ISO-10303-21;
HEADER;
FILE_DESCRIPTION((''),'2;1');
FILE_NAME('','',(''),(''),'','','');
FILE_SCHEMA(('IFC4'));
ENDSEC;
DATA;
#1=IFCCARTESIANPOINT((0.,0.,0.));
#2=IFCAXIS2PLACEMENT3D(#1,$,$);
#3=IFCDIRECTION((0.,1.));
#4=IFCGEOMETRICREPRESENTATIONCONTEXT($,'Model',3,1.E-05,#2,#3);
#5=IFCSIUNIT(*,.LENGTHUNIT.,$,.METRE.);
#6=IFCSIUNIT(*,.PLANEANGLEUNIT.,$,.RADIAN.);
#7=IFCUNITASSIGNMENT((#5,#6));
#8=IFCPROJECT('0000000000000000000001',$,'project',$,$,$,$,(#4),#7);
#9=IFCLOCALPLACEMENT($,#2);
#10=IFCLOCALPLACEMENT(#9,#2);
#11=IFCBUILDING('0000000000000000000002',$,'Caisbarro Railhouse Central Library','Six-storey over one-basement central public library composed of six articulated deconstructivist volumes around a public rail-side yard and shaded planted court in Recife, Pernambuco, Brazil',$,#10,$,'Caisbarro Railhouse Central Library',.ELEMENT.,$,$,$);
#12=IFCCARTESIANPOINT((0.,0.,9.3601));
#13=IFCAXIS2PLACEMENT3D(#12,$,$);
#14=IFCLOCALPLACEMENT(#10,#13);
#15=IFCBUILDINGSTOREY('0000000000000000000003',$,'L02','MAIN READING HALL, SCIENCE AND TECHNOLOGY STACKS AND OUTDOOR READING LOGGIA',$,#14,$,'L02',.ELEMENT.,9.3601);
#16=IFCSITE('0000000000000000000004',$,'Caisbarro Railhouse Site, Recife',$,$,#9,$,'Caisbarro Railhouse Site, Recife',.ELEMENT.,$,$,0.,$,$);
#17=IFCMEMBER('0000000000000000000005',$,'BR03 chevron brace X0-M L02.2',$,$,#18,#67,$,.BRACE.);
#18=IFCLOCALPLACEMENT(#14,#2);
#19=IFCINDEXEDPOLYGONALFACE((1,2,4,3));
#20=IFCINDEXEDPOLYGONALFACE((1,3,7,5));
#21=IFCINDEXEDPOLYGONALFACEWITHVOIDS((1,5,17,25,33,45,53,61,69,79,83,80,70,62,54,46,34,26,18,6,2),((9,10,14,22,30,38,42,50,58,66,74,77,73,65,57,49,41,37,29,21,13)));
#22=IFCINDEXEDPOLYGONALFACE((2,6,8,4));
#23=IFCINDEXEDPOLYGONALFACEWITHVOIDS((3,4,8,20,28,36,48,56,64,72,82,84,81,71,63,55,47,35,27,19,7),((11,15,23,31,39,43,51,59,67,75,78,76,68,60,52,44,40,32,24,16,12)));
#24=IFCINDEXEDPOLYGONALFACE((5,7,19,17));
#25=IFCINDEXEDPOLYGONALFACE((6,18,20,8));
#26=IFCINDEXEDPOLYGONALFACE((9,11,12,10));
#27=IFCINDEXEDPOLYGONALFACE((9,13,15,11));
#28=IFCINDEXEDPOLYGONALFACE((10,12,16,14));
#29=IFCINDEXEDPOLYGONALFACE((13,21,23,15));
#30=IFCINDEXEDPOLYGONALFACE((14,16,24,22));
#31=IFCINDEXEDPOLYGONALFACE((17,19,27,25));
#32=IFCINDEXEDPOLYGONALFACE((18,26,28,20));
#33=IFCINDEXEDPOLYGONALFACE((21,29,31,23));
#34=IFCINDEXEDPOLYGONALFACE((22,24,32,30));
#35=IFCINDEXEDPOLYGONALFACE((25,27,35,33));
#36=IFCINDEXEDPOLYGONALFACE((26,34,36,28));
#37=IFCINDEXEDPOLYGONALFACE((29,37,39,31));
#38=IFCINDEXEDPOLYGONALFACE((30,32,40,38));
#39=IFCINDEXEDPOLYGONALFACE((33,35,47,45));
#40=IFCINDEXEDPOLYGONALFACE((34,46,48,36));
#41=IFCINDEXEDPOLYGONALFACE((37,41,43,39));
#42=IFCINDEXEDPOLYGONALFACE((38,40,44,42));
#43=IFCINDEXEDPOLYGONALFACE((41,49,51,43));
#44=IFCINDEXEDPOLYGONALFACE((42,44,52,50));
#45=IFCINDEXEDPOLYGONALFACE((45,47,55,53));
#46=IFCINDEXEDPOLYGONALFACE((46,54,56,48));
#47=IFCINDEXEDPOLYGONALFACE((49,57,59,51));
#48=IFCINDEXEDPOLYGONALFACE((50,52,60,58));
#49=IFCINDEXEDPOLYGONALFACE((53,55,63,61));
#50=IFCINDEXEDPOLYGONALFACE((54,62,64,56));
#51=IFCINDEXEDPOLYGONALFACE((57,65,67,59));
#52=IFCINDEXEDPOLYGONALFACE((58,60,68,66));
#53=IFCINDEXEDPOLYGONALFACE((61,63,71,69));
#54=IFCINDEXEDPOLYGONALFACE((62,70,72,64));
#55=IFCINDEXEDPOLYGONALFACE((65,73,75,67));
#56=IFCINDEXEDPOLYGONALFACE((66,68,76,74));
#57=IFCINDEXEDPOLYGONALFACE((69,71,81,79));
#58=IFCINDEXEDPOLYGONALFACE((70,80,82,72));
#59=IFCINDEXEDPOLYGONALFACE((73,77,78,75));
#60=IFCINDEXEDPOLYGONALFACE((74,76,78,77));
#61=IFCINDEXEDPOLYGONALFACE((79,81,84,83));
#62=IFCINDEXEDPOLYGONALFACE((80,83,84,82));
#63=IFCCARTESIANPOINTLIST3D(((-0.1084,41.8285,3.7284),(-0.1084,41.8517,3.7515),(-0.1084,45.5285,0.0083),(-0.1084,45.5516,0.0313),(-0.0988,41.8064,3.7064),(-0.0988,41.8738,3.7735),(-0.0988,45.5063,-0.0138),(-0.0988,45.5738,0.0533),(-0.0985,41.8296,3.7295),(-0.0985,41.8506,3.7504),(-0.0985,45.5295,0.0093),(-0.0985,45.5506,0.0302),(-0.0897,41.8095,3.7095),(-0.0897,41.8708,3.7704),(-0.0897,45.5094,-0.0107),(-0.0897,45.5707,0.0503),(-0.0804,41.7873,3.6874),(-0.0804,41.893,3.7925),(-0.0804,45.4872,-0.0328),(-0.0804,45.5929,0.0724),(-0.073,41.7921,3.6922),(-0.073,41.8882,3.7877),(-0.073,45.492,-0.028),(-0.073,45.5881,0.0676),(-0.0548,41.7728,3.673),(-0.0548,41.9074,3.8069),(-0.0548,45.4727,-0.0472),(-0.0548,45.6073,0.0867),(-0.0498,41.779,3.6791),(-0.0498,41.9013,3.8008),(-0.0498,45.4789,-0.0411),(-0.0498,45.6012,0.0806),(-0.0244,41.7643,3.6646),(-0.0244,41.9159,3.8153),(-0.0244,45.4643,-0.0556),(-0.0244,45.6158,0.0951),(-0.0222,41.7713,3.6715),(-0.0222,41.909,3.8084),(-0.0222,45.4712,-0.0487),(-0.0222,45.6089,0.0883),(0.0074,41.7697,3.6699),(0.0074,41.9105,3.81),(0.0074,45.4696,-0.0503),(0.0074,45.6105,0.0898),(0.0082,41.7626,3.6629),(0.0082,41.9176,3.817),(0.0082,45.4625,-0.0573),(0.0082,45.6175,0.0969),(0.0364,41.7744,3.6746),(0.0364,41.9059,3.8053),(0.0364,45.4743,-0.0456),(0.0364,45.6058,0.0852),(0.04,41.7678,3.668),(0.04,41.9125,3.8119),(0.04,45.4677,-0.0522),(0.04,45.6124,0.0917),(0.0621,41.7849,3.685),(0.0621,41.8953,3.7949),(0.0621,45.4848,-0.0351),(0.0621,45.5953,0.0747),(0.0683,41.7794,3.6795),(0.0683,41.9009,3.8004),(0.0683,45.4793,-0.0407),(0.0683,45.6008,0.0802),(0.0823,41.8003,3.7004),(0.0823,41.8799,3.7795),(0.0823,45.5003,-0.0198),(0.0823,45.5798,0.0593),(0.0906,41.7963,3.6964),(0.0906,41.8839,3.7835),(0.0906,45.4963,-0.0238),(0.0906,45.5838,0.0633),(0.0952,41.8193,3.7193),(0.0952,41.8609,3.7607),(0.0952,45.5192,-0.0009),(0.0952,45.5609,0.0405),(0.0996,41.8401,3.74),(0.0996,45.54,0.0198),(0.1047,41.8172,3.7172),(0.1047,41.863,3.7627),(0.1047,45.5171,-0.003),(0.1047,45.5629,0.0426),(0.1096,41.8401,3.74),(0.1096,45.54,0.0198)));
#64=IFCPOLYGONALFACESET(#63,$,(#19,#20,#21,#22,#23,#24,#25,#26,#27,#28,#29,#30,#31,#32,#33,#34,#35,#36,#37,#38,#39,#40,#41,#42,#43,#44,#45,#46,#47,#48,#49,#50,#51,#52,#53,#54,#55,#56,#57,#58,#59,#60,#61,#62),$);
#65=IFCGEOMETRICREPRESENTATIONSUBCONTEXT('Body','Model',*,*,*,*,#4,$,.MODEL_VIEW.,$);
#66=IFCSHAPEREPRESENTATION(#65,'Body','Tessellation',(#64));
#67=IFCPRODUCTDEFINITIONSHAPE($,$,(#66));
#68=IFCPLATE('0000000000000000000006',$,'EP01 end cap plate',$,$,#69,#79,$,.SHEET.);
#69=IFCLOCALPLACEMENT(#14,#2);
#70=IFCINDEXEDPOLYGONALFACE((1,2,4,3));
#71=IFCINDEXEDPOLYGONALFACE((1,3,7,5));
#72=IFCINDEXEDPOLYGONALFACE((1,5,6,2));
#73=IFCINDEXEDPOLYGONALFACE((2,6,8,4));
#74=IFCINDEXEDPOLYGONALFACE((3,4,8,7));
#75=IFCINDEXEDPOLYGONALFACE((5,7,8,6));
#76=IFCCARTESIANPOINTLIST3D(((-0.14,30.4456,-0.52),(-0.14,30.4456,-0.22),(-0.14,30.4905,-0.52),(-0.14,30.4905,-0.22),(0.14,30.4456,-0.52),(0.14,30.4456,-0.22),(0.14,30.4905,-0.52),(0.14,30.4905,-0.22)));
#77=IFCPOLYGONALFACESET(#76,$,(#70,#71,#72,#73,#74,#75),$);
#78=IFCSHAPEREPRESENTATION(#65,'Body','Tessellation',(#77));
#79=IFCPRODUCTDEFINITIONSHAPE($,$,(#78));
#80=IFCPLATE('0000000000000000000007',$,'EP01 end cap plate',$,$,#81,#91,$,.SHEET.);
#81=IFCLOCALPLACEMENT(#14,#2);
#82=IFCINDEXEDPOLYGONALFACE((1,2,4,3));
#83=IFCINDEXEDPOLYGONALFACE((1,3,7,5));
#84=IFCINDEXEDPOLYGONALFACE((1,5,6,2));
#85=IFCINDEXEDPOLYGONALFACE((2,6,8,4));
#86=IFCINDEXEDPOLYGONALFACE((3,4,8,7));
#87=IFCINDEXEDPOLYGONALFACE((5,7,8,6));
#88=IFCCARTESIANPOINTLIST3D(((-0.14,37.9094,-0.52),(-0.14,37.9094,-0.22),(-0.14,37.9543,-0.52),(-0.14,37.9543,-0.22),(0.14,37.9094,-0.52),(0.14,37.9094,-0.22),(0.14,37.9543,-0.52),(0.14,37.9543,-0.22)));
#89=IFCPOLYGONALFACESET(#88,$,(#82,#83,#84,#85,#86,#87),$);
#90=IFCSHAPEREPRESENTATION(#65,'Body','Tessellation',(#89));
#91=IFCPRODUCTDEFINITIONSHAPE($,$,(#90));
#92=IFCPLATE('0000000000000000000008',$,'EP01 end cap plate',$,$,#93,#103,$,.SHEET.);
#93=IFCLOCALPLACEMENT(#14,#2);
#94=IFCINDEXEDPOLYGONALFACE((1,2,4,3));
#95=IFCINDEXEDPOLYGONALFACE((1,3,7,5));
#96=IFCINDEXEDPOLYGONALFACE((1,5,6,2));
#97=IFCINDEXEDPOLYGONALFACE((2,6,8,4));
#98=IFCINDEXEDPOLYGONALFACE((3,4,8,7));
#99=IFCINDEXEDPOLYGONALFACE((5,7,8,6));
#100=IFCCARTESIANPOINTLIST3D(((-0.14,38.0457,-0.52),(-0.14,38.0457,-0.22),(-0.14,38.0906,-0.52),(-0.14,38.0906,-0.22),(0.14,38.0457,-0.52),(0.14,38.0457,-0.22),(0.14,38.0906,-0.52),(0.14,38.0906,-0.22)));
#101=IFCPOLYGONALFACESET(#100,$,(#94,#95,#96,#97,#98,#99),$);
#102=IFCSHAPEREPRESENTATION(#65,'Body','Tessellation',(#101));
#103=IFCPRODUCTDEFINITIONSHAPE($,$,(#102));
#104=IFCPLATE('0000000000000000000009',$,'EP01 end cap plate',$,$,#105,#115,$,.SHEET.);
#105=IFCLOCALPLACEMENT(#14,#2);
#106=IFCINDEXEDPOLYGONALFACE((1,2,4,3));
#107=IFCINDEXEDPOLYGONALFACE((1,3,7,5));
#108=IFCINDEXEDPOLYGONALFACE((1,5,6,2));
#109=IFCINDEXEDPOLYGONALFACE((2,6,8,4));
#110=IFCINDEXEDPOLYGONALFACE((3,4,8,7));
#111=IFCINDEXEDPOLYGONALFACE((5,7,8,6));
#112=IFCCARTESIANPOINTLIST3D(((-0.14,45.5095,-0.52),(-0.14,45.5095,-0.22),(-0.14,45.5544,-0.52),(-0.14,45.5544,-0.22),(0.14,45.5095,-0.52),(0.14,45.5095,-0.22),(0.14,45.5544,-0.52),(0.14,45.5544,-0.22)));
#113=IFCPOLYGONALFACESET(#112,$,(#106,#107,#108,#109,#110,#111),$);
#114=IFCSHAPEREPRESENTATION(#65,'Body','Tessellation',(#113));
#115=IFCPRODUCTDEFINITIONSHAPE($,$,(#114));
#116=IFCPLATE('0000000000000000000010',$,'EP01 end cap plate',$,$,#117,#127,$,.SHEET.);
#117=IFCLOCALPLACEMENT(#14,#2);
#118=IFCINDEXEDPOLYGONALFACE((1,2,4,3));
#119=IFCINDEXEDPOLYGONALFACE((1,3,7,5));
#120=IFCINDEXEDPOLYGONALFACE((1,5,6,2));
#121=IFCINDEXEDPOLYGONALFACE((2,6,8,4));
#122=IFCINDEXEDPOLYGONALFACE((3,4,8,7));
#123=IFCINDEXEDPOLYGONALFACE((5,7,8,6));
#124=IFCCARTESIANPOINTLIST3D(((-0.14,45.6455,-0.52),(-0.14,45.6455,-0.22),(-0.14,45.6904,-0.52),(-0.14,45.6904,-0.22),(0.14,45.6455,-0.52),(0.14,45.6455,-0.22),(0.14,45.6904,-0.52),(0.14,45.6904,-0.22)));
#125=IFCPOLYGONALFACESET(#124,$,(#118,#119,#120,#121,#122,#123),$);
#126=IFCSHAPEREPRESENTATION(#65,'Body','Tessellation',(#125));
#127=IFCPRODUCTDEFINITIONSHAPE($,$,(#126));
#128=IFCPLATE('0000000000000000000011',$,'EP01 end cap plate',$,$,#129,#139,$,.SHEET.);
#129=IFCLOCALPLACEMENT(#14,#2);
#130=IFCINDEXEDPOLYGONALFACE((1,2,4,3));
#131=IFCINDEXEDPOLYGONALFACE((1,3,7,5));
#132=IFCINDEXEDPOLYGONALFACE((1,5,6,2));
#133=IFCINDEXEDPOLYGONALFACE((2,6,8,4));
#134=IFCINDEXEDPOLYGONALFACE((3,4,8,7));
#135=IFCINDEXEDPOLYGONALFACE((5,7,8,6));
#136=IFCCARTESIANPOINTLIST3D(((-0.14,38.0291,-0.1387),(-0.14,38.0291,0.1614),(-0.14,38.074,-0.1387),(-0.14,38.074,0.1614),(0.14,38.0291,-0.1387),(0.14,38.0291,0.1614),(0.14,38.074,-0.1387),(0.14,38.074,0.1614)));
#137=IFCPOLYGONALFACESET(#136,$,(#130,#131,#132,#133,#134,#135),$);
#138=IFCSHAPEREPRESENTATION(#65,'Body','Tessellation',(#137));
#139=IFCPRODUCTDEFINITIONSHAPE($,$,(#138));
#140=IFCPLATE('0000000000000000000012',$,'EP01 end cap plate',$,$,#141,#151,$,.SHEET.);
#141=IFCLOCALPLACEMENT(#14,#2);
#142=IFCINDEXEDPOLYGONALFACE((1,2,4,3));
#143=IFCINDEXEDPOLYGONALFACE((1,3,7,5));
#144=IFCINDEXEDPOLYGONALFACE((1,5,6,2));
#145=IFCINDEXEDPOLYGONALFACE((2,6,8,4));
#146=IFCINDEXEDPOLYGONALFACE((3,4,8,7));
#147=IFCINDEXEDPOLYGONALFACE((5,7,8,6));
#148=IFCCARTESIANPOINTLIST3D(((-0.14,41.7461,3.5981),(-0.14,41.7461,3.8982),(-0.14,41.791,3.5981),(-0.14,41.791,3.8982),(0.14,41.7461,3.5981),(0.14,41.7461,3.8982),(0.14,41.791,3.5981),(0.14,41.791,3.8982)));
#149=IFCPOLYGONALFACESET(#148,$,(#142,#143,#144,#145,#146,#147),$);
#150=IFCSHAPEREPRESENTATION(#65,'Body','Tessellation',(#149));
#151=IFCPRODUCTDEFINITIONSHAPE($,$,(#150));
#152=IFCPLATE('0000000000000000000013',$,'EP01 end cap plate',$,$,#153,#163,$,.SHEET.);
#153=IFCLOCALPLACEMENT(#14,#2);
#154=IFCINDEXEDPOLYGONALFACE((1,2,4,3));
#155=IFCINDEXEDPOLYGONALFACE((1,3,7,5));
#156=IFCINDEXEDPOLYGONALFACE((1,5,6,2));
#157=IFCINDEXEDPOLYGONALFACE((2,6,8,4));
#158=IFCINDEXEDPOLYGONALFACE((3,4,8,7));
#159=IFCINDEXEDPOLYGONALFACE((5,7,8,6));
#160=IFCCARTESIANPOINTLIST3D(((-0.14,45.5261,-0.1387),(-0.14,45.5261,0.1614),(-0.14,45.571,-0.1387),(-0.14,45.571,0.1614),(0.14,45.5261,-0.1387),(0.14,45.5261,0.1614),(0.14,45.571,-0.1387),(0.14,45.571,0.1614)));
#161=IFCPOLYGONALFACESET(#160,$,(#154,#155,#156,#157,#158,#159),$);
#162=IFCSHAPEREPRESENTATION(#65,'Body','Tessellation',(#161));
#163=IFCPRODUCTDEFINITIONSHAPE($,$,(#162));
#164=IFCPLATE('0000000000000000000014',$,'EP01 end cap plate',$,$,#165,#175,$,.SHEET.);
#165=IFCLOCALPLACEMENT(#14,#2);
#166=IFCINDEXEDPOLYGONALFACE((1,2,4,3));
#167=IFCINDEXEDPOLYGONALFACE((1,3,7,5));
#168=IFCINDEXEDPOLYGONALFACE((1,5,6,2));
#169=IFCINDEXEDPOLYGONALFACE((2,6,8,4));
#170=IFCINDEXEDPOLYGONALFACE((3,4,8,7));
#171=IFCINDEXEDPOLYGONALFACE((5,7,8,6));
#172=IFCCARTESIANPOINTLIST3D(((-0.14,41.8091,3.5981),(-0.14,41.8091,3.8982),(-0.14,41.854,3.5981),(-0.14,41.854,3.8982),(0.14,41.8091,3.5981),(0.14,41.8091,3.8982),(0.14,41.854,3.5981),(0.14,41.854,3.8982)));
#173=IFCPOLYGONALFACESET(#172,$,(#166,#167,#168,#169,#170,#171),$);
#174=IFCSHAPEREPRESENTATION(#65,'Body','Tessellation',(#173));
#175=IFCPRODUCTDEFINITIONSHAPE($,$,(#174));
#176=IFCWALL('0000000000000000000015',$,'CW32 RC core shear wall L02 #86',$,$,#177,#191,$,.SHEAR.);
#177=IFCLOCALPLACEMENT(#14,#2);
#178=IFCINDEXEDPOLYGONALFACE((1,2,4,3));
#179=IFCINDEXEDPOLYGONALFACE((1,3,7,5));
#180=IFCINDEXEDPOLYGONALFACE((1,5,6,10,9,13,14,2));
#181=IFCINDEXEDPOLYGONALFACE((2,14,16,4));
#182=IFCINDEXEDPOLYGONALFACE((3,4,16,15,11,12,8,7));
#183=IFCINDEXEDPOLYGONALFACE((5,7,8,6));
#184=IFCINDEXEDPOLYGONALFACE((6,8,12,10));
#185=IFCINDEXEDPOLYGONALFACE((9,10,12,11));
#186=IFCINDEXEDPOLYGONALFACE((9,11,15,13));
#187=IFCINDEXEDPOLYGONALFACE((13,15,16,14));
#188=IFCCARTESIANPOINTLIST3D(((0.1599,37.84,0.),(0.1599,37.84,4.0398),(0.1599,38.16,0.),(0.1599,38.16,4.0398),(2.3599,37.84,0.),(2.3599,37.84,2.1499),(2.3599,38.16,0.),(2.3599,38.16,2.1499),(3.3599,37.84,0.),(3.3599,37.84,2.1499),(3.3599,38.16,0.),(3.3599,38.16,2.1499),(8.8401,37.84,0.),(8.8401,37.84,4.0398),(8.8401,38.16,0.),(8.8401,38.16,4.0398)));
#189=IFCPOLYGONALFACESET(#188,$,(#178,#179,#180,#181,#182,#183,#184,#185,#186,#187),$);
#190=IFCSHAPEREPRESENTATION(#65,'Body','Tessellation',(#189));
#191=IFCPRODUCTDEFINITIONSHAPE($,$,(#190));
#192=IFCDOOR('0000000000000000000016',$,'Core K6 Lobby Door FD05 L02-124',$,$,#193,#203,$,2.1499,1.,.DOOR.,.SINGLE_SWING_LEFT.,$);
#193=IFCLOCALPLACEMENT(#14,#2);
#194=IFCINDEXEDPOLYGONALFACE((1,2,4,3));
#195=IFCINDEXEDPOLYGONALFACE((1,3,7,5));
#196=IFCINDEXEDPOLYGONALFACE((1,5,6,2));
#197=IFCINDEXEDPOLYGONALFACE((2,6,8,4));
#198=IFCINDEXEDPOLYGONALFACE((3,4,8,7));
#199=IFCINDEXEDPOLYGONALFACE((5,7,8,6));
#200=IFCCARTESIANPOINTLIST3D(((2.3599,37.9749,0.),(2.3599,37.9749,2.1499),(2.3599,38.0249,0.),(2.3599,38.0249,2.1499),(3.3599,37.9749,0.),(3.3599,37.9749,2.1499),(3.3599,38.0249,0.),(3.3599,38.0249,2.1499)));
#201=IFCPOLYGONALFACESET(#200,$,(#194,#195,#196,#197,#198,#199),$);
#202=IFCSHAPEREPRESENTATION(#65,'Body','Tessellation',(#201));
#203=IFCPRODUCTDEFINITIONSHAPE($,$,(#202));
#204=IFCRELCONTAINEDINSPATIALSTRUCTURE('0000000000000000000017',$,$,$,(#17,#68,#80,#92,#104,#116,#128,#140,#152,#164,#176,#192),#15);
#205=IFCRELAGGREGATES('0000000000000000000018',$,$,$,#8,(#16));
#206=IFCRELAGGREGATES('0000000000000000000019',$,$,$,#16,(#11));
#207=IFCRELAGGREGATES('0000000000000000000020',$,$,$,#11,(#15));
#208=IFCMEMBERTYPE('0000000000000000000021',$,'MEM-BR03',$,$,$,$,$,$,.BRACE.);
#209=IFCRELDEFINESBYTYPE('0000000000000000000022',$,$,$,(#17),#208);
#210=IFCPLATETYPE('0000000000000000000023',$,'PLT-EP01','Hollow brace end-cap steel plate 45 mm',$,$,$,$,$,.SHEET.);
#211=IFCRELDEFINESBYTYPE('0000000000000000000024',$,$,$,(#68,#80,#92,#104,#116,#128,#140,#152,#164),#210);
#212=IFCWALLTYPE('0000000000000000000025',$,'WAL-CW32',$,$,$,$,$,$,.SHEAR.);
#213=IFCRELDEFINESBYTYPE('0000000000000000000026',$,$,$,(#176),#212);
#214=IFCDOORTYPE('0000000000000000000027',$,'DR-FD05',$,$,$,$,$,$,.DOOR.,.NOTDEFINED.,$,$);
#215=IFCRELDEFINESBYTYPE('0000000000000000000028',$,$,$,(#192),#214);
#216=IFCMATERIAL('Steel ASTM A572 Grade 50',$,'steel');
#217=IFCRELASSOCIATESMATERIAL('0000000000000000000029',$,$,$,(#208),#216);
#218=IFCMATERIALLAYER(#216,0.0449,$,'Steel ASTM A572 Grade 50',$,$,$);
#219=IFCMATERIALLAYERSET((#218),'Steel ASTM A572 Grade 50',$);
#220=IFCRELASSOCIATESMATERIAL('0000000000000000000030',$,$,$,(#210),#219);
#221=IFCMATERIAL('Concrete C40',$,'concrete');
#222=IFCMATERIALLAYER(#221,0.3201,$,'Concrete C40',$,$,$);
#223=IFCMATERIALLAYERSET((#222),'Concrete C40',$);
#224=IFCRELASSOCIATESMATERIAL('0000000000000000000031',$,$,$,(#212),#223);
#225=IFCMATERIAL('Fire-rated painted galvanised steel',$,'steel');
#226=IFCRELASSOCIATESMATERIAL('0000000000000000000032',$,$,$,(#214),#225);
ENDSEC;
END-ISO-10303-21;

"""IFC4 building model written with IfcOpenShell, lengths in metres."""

from ifc_helpers import new_model, si_unit, direction, frame, frame_2d, origin, origin_2d, place, context, subcontext, project, spatial, rectangle, hollow_circle, extrude, material, layer, layer_set, material_profile, profile_set, type_object, element, fill, save


model = new_model("IFC4")

# Units and contexts
model_context = context("Model", 3, precision=1e-05, world=origin(), true_north=direction((0.0, 1.0)))
body_context = subcontext(model_context, "Body", "Model", "MODEL_VIEW")
ifc_project = project(units=[si_unit("LENGTHUNIT", "METRE"), si_unit("PLANEANGLEUNIT", "RADIAN")], contexts=[model_context])

# Site, building, storey
site_placement = place(None, origin())
site = spatial("IfcSite", under=ifc_project, at=site_placement, Name="Caisbarro Railhouse Site, Recife", LongName="Caisbarro Railhouse Site, Recife", CompositionType="ELEMENT", RefElevation=0.0)
building_placement = place(site_placement, origin())
building = spatial("IfcBuilding", under=site, at=building_placement, Name="Caisbarro Railhouse Central Library", Description="Six-storey over one-basement central public library composed of six articulated deconstructivist volumes around a public rail-side yard and shaded planted court in Recife, Pernambuco, Brazil", LongName="Caisbarro Railhouse Central Library", CompositionType="ELEMENT")
storey_placement = place(building_placement, frame((0.0, 0.0, 9.3601)))
storey = spatial("IfcBuildingStorey", under=building, at=storey_placement, Name="L02", Description="MAIN READING HALL, SCIENCE AND TECHNOLOGY STACKS AND OUTDOOR READING LOGGIA", LongName="L02", CompositionType="ELEMENT", Elevation=9.3601)

# Shared definitions
ifc_material_1 = material(Name="Steel ASTM A572 Grade 50", Category="steel")

# Shared definitions
ifc_material_2 = material(Name="Concrete C40", Category="concrete")

# Member
ifc_material_profile_1 = material_profile(ifc_material_1, hollow_circle(Radius=0.1096, WallThickness=0.01, at=origin_2d()), Name="CHS219.1X10")
ifc_profile_set_1 = profile_set([ifc_material_profile_1], Name="Steel ASTM A572 Grade 50")
member_type_1 = type_object("IfcMemberType", Name="MEM-BR03", PredefinedType="BRACE", material=ifc_profile_set_1)
for number, where, z_axis, x_axis, name in (
    (1, (0.0, 45.54, 0.0198), (0.0, -0.705173, 0.709035), (1.0, 0.0, 0.0), "BR03 chevron brace X0-M L02.2"),
):
    element("IfcMember", number, at=place(storey_placement, frame(where, z_axis=z_axis, x_axis=x_axis)), inside=storey, type_object=member_type_1, Name=name, PredefinedType="BRACE", context=body_context, shape_type="SweptSolid", body=[
        extrude(hollow_circle(Radius=0.1096, WallThickness=0.01, at=origin_2d()), origin(), (0.0, 0.0, 1.0), 5.2468),
    ])

# Plates
ifc_layer_1 = layer(ifc_material_1, 0.0449, Name="Steel ASTM A572 Grade 50")
ifc_layer_set_1 = layer_set([ifc_layer_1], Name="Steel ASTM A572 Grade 50")
plate_type = type_object("IfcPlateType", Name="PLT-EP01", Description="Hollow brace end-cap steel plate 45 mm", PredefinedType="SHEET", material=ifc_layer_set_1)
for number, where, z_axis, x_axis, name in (
    (2, (0.0, 30.468, -0.52), (0.0, 0.0, 1.0), (0.0, 1.0, 0.0), "EP01 end cap plate"),
    (3, (0.0, 37.9319, -0.52), (0.0, 0.0, 1.0), (0.0, 1.0, 0.0), "EP01 end cap plate"),
    (4, (0.0, 38.0681, -0.52), (0.0, 0.0, 1.0), (0.0, 1.0, 0.0), "EP01 end cap plate"),
    (5, (0.0, 45.532, -0.52), (0.0, 0.0, 1.0), (0.0, 1.0, 0.0), "EP01 end cap plate"),
    (6, (0.0, 45.668, -0.52), (0.0, 0.0, 1.0), (0.0, 1.0, 0.0), "EP01 end cap plate"),
    (7, (0.0, 38.0515, -0.1387), (0.0, 0.0, 1.0), (0.0, 1.0, 0.0), "EP01 end cap plate"),
    (8, (0.0, 41.7686, 3.5981), (0.0, 0.0, 1.0), (0.0, 1.0, 0.0), "EP01 end cap plate"),
    (9, (0.0, 45.5486, -0.1387), (0.0, 0.0, 1.0), (0.0, -1.0, 0.0), "EP01 end cap plate"),
    (10, (0.0, 41.8315, 3.5981), (0.0, 0.0, 1.0), (0.0, -1.0, 0.0), "EP01 end cap plate"),
):
    element("IfcPlate", number, at=place(storey_placement, frame(where, z_axis=z_axis, x_axis=x_axis)), inside=storey, type_object=plate_type, Name=name, PredefinedType="SHEET", context=body_context, shape_type="SweptSolid", body=[
        extrude(rectangle(XDim=0.0449, YDim=0.28, at=origin_2d()), origin(), (0.0, 0.0, 1.0), 0.3),
    ])

# Wall, opening, door
ifc_layer_2 = layer(ifc_material_2, 0.3201, Name="Concrete C40")
ifc_layer_set_2 = layer_set([ifc_layer_2], Name="Concrete C40")
wall_type_1 = type_object("IfcWallType", Name="WAL-CW32", PredefinedType="SHEAR", material=ifc_layer_set_2)
wall_1_placement = place(storey_placement, frame((0.1599, 38.0, 0.0), z_axis=(0.0, 0.0, 1.0), x_axis=(1.0, 0.0, 0.0)))
wall_1 = element("IfcWall", 11, at=wall_1_placement, inside=storey, type_object=wall_type_1, Name="CW32 RC core shear wall L02 #86", PredefinedType="SHEAR", context=body_context, shape_type="SweptSolid", body=[
    extrude(rectangle(XDim=8.6802, YDim=0.3201, at=frame_2d((4.3401, 0.0))), origin(), (0.0, 0.0, 1.0), 4.0398),
])
opening_1_placement = place(wall_1_placement, frame((2.2, 0.0, 0.0)))
opening_1 = element("IfcOpeningElement", 12, at=opening_1_placement, cuts=wall_1, PredefinedType="OPENING", context=body_context, shape_type="SweptSolid", body=[
    extrude(rectangle(XDim=1.0, YDim=2.1499, at=frame_2d((0.5, 1.075))), frame((0.0, 0.1699, 0.0), z_axis=(0.0, -1.0, 0.0), x_axis=(1.0, 0.0, 0.0)), (0.0, 0.0, 1.0), 0.3401),
])
ifc_material_3 = material(Name="Fire-rated painted galvanised steel", Category="steel")
door_type_1 = type_object("IfcDoorType", Name="DR-FD05", OperationType="NOTDEFINED", PredefinedType="DOOR", material=ifc_material_3)
door_1_placement = place(opening_1_placement, origin())
door_1 = element("IfcDoor", 13, at=door_1_placement, inside=storey, type_object=door_type_1, Name="Core K6 Lobby Door FD05 L02-124", OperationType="SINGLE_SWING_LEFT", OverallHeight=2.1499, OverallWidth=1.0, PredefinedType="DOOR", context=body_context, shape_type="SweptSolid", body=[
    extrude(rectangle(XDim=1.0, YDim=2.1499, at=frame_2d((0.5, 1.075))), frame((0.0, 0.0249, 0.0), z_axis=(0.0, -1.0, 0.0), x_axis=(1.0, 0.0, 0.0)), (0.0, 0.0, 1.0), 0.05),
])
fill(opening_1, door_1)

save(model, "model.ifc")
